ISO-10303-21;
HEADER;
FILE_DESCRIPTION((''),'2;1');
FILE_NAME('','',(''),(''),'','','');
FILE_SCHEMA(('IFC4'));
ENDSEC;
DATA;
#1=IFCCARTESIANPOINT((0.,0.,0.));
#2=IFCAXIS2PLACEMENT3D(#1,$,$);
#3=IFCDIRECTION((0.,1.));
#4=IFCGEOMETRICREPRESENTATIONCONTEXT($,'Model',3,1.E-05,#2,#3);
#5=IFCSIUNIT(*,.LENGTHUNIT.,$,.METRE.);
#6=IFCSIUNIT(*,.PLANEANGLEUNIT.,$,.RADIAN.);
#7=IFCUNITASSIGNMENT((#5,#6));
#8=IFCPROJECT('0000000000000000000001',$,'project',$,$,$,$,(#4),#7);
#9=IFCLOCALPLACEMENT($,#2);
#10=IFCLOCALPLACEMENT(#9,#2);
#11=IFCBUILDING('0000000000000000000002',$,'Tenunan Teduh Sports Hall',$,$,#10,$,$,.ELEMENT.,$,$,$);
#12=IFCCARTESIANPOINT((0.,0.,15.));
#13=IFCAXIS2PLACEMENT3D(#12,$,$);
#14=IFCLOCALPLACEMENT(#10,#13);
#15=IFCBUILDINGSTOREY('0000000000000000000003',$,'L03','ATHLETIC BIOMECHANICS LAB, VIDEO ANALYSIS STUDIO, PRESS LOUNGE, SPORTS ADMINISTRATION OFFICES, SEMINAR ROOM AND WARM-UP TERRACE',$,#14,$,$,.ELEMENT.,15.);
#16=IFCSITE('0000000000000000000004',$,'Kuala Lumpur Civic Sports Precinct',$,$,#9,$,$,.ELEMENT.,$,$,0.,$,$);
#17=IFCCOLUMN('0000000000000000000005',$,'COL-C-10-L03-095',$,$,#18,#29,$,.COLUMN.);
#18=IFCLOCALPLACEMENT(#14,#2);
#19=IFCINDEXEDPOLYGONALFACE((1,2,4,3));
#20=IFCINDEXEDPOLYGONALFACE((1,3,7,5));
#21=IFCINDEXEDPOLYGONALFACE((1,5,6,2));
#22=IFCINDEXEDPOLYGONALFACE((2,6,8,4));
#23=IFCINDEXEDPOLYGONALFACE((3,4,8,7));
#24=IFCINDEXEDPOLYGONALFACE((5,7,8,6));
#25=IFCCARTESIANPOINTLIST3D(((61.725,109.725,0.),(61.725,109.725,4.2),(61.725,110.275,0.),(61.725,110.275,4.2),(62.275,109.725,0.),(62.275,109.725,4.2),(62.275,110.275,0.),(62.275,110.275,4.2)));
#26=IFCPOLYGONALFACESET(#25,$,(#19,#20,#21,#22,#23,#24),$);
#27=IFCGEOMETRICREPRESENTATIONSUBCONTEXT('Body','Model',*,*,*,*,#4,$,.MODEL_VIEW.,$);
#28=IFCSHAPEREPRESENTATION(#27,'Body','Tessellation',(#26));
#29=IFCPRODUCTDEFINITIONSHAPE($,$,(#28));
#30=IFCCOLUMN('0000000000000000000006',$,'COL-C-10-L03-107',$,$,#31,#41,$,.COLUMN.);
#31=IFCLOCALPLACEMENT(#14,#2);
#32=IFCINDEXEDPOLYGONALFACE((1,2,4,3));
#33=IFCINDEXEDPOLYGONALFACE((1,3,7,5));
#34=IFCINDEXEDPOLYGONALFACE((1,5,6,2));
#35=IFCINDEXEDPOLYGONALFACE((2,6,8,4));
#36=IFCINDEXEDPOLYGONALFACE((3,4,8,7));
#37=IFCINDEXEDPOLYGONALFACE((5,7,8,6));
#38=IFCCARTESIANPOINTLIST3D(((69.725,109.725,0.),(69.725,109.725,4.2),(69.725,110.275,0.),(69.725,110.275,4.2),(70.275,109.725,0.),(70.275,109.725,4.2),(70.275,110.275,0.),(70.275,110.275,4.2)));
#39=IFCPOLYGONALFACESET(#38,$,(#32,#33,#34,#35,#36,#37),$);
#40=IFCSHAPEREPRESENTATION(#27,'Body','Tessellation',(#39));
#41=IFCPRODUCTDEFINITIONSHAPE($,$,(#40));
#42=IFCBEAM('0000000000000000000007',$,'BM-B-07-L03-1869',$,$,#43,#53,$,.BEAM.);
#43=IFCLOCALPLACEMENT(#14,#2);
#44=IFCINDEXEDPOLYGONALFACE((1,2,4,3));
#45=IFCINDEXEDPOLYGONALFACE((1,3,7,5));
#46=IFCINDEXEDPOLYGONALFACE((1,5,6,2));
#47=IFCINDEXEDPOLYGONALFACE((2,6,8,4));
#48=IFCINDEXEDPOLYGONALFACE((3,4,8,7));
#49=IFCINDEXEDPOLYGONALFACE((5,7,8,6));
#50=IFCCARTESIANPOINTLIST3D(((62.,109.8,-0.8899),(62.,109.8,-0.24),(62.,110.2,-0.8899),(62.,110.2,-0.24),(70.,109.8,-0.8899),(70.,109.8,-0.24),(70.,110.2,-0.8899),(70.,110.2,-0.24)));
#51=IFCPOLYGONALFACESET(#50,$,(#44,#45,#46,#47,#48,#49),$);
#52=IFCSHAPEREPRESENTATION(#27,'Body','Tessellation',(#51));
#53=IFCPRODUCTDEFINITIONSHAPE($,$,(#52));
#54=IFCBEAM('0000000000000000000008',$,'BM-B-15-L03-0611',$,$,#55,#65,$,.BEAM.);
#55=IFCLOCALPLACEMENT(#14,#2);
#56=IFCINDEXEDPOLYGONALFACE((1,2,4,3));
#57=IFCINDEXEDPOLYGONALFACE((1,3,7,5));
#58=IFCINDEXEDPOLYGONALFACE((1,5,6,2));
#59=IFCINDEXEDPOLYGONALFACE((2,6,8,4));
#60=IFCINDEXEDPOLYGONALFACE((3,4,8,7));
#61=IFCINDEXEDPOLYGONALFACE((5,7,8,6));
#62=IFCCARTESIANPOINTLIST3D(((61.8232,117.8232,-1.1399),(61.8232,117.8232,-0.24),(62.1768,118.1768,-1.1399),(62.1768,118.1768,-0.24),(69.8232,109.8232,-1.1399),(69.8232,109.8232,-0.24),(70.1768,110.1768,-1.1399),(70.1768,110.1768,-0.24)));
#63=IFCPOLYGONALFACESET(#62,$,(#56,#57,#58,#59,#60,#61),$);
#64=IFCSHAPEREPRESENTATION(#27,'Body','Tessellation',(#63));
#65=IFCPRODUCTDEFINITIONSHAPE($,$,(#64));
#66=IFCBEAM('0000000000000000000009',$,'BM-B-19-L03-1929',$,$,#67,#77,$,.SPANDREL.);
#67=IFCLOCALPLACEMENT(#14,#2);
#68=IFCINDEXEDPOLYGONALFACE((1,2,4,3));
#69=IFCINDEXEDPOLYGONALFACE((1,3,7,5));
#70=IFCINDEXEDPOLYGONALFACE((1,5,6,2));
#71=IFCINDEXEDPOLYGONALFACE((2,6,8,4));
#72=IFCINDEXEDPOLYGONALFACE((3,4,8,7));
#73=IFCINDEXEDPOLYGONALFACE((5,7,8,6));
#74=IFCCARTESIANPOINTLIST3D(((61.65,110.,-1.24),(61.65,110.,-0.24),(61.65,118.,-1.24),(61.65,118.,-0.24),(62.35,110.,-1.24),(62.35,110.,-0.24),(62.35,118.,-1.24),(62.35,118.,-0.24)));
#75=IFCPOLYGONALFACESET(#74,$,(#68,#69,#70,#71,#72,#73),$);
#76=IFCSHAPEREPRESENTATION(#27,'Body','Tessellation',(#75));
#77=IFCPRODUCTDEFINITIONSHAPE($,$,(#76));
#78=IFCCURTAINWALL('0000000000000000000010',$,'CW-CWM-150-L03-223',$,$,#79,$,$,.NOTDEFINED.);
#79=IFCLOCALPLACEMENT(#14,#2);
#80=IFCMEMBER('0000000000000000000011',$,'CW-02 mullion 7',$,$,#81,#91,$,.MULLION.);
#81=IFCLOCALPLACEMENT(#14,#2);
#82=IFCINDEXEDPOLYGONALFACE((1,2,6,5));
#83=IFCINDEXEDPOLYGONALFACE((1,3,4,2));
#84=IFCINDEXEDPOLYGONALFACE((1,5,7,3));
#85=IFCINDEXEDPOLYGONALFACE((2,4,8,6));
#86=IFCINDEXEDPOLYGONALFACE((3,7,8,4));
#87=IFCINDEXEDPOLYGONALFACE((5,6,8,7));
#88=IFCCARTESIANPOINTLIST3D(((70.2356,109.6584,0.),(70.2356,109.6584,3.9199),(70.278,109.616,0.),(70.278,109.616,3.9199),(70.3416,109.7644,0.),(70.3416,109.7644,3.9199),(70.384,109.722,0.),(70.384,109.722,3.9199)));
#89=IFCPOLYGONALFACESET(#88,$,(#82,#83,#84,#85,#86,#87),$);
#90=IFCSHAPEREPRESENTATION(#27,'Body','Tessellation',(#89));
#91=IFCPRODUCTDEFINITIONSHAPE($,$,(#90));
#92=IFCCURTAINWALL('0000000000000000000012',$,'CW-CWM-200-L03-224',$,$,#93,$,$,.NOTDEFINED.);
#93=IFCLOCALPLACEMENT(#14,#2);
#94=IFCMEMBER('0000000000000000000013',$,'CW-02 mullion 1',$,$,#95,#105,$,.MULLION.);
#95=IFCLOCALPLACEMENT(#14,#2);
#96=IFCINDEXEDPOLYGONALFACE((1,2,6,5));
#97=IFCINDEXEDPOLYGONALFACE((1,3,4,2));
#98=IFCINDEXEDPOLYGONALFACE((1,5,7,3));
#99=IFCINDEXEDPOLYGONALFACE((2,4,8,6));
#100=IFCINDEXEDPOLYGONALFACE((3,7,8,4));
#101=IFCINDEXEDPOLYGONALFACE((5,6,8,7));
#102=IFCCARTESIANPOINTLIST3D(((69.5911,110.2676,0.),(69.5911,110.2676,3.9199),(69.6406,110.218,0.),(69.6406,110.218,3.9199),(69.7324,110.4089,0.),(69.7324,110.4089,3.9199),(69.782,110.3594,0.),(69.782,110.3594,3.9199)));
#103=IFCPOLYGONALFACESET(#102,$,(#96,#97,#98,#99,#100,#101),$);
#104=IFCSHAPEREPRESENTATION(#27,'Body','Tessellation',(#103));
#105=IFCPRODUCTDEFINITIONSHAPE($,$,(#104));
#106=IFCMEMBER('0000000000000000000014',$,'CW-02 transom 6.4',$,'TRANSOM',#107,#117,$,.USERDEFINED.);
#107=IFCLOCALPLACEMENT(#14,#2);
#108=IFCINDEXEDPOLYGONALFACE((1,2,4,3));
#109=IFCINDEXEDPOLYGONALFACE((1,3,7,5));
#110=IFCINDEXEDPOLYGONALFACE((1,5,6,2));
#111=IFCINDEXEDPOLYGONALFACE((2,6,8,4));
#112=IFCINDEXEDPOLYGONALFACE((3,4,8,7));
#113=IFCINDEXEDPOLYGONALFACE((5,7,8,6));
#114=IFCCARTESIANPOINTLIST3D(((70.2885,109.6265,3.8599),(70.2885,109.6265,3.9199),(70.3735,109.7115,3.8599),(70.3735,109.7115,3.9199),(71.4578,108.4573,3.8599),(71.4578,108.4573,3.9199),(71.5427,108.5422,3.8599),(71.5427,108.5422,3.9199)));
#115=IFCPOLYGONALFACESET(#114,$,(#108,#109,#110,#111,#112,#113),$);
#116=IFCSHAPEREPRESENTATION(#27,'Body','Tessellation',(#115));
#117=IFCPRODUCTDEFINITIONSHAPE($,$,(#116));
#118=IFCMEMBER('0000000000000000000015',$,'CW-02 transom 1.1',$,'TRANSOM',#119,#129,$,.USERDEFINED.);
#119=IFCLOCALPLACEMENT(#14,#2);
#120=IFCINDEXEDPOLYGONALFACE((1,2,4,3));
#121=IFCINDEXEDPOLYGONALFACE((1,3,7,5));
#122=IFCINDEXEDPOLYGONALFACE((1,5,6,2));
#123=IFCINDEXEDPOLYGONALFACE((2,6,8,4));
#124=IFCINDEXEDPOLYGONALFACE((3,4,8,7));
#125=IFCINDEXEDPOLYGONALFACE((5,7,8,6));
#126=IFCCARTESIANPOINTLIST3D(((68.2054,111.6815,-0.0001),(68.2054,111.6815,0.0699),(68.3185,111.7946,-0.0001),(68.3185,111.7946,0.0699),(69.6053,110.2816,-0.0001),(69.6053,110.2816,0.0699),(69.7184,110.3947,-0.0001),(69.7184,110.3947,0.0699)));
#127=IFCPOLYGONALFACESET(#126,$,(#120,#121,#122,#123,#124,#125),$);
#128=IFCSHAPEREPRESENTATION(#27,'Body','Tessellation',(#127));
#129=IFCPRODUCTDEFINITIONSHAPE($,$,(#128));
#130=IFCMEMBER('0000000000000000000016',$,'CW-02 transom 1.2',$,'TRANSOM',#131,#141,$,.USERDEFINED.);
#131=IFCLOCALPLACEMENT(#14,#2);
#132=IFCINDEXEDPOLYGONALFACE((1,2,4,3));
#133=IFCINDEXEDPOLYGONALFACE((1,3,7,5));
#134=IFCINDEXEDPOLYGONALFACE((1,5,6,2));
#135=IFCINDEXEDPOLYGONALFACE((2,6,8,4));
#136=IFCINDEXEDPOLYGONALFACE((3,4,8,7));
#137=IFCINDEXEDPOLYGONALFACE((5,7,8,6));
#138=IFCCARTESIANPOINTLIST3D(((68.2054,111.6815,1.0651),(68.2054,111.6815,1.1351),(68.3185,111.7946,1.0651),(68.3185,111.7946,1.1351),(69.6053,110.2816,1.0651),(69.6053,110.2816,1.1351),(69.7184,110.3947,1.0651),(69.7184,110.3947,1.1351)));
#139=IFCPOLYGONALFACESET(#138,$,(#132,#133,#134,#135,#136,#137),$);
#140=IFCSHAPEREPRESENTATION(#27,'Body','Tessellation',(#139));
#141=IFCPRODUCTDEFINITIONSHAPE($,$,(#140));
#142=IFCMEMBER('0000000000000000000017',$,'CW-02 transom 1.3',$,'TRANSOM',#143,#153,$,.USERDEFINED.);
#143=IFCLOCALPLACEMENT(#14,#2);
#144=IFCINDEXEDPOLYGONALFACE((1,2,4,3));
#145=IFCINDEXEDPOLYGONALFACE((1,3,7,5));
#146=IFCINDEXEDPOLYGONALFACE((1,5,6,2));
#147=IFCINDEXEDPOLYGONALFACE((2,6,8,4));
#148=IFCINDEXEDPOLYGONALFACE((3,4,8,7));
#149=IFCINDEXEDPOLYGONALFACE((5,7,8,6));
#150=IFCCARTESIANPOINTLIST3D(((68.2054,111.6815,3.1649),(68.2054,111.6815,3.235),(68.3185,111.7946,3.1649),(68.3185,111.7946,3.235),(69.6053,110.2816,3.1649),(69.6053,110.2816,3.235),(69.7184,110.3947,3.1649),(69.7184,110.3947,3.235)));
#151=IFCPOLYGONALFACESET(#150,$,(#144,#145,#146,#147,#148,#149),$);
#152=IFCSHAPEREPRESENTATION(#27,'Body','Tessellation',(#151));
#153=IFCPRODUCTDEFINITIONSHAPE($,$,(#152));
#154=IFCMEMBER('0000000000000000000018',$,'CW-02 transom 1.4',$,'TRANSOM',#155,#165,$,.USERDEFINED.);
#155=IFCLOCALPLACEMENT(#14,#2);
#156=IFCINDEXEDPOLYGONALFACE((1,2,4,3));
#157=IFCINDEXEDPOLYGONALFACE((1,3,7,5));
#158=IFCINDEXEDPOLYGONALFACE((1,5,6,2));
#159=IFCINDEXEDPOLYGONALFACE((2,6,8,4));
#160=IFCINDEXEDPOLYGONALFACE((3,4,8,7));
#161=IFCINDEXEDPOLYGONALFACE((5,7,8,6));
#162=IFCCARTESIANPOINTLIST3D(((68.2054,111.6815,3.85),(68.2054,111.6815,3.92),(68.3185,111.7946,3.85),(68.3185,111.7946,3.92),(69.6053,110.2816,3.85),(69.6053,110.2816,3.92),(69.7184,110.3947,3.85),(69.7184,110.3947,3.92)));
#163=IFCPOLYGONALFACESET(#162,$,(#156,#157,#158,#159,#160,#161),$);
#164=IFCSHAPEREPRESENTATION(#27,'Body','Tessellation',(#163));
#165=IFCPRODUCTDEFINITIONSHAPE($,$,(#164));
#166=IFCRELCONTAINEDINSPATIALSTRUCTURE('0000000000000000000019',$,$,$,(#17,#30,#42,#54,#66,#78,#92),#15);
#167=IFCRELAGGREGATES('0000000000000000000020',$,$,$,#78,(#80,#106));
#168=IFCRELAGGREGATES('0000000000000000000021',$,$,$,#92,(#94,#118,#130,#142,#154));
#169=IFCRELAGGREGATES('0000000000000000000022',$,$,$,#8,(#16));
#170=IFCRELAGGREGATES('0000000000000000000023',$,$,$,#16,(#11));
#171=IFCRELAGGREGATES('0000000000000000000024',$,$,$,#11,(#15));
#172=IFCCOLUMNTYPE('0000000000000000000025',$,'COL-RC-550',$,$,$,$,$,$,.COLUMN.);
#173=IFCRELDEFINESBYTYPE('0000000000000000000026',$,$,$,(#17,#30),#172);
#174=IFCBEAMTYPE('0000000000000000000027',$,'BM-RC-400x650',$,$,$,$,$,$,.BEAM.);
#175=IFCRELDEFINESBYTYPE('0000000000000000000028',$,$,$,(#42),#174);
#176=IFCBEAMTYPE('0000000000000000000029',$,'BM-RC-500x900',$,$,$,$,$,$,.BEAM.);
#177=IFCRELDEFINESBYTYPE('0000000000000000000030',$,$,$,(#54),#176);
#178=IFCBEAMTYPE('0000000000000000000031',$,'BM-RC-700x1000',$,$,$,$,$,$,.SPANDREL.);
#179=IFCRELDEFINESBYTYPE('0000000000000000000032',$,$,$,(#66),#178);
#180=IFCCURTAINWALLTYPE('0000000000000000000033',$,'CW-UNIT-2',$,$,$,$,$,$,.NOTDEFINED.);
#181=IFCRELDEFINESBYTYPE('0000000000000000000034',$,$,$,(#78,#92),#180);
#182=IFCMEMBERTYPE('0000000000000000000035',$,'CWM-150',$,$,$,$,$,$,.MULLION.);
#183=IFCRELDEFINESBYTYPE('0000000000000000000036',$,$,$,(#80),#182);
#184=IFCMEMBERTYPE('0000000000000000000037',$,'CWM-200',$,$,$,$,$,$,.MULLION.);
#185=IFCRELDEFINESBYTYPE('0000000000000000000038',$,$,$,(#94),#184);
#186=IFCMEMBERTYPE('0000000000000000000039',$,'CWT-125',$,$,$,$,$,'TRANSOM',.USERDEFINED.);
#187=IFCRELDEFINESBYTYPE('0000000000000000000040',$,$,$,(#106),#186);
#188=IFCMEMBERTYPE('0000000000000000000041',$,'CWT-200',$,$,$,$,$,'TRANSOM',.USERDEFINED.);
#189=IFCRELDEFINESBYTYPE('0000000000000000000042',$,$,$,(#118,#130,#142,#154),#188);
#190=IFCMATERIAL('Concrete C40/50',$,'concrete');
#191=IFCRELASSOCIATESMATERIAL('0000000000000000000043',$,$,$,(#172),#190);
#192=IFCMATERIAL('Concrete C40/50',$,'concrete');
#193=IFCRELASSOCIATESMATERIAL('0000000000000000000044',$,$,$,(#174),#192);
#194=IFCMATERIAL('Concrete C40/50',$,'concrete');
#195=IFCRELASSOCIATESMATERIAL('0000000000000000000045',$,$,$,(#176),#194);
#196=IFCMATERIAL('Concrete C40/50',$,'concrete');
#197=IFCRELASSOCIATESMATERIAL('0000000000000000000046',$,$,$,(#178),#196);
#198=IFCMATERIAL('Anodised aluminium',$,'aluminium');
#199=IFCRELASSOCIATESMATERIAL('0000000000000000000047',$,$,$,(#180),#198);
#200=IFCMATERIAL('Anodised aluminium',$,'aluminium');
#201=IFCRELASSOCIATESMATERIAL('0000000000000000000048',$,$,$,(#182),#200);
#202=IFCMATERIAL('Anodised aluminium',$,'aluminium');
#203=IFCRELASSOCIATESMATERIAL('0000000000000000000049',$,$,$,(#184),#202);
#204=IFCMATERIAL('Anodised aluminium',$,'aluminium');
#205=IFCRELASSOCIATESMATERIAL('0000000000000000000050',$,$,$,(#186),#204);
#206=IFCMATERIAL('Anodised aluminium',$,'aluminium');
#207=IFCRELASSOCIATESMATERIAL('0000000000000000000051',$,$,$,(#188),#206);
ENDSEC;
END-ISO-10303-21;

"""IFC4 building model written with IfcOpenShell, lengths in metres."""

from ifc_helpers import new_model, si_unit, direction, frame, origin, origin_2d, place, context, subcontext, project, spatial, rectangle, extrude, material, material_profile, profile_set, type_object, element, aggregate, save


model = new_model("IFC4")

# Units and contexts
model_context = context("Model", 3, precision=1e-05, world=origin(), true_north=direction((0.0, 1.0)))
body_context = subcontext(model_context, "Body", "Model", "MODEL_VIEW")
ifc_project = project(units=[si_unit("LENGTHUNIT", "METRE"), si_unit("PLANEANGLEUNIT", "RADIAN")], contexts=[model_context])

# Site, building, storey
site_placement = place(None, origin())
site = spatial("IfcSite", under=ifc_project, at=site_placement, Name="Kuala Lumpur Civic Sports Precinct", CompositionType="ELEMENT", RefElevation=0.0)
building_placement = place(site_placement, origin())
building = spatial("IfcBuilding", under=site, at=building_placement, Name="Tenunan Teduh Sports Hall", CompositionType="ELEMENT")
storey_placement = place(building_placement, frame((0.0, 0.0, 15.0)))
storey = spatial("IfcBuildingStorey", under=building, at=storey_placement, Name="L03", Description="ATHLETIC BIOMECHANICS LAB, VIDEO ANALYSIS STUDIO, PRESS LOUNGE, SPORTS ADMINISTRATION OFFICES, SEMINAR ROOM AND WARM-UP TERRACE", CompositionType="ELEMENT", Elevation=15.0)

# Columns
ifc_material_1 = material(Name="Concrete C40/50", Category="concrete")
ifc_material_profile_1 = material_profile(ifc_material_1, rectangle(XDim=0.55, YDim=0.55, at=origin_2d()), Name="RC 550x550")
ifc_profile_set_1 = profile_set([ifc_material_profile_1], Name="Concrete C40/50")
column_type = type_object("IfcColumnType", Name="COL-RC-550", PredefinedType="COLUMN", material=ifc_profile_set_1)
for number, where, z_axis, x_axis, name in (
    (1, (62.0, 110.0, 0.0), (0.0, 0.0, 1.0), (1.0, 0.0, 0.0), "COL-C-10-L03-095"),
    (2, (70.0, 110.0, 0.0), (0.0, 0.0, 1.0), (1.0, 0.0, 0.0), "COL-C-10-L03-107"),
):
    element("IfcColumn", number, at=place(storey_placement, frame(where, z_axis=z_axis, x_axis=x_axis)), inside=storey, type_object=column_type, Name=name, PredefinedType="COLUMN", context=body_context, shape_type="SweptSolid", body=[
        extrude(rectangle(XDim=0.55, YDim=0.55, at=origin_2d()), origin(), (0.0, 0.0, 1.0), 4.2),
    ])

# Beams
ifc_material_2 = material(Name="Concrete C40/50", Category="concrete")
ifc_material_profile_2 = material_profile(ifc_material_2, rectangle(XDim=0.3999, YDim=0.6499, at=origin_2d()), Name="RCB 400x650")
ifc_profile_set_2 = profile_set([ifc_material_profile_2], Name="Concrete C40/50")
beam_type_1 = type_object("IfcBeamType", Name="BM-RC-400x650", PredefinedType="BEAM", material=ifc_profile_set_2)
beam_1_placement = place(storey_placement, frame((62.0, 110.0, -0.5649), z_axis=(1.0, 0.0, 0.0), x_axis=(0.0, 1.0, 0.0)))
element("IfcBeam", 3, at=beam_1_placement, inside=storey, type_object=beam_type_1, Name="BM-B-07-L03-1869", PredefinedType="BEAM", context=body_context, shape_type="SweptSolid", body=[
    extrude(rectangle(XDim=0.3999, YDim=0.6499, at=origin_2d()), origin(), (0.0, 0.0, 1.0), 8.0),
])
ifc_material_3 = material(Name="Concrete C40/50", Category="concrete")
ifc_material_profile_3 = material_profile(ifc_material_3, rectangle(XDim=0.5, YDim=0.8999, at=origin_2d()), Name="RCB 500x900")
ifc_profile_set_3 = profile_set([ifc_material_profile_3], Name="Concrete C40/50")
beam_type_2 = type_object("IfcBeamType", Name="BM-RC-500x900", PredefinedType="BEAM", material=ifc_profile_set_3)
beam_2_placement = place(storey_placement, frame((70.0, 110.0, -0.6899), z_axis=(-0.707107, 0.707107, 0.0), x_axis=(-0.707107, -0.707107, 0.0)))
element("IfcBeam", 4, at=beam_2_placement, inside=storey, type_object=beam_type_2, Name="BM-B-15-L03-0611", PredefinedType="BEAM", context=body_context, shape_type="SweptSolid", body=[
    extrude(rectangle(XDim=0.5, YDim=0.8999, at=origin_2d()), origin(), (0.0, 0.0, 1.0), 11.3137),
])
ifc_material_4 = material(Name="Concrete C40/50", Category="concrete")
ifc_material_profile_4 = material_profile(ifc_material_4, rectangle(XDim=0.7, YDim=1.0, at=origin_2d()), Name="RCB 700x1000")
ifc_profile_set_4 = profile_set([ifc_material_profile_4], Name="Concrete C40/50")
beam_type_3 = type_object("IfcBeamType", Name="BM-RC-700x1000", PredefinedType="SPANDREL", material=ifc_profile_set_4)
beam_3_placement = place(storey_placement, frame((62.0, 110.0, -0.74), z_axis=(0.0, 1.0, 0.0), x_axis=(-1.0, 0.0, 0.0)))
element("IfcBeam", 5, at=beam_3_placement, inside=storey, type_object=beam_type_3, Name="BM-B-19-L03-1929", PredefinedType="SPANDREL", context=body_context, shape_type="SweptSolid", body=[
    extrude(rectangle(XDim=0.7, YDim=1.0, at=origin_2d()), origin(), (0.0, 0.0, 1.0), 8.0),
])

# Curtain walls, members
ifc_material_5 = material(Name="Anodised aluminium", Category="aluminium")
curtain_wall_type = type_object("IfcCurtainWallType", Name="CW-UNIT-2", PredefinedType="NOTDEFINED", material=ifc_material_5)
curtain_wall_1_placement = place(storey_placement, origin())
curtain_wall_1 = element("IfcCurtainWall", 6, at=curtain_wall_1_placement, inside=storey, type_object=curtain_wall_type, Name="CW-CWM-150-L03-223", PredefinedType="NOTDEFINED")
ifc_material_6 = material(Name="Anodised aluminium", Category="aluminium")
ifc_material_profile_5 = material_profile(ifc_material_6, rectangle(XDim=0.0601, YDim=0.1499, at=origin_2d()), Name="CWM 60x150")
ifc_profile_set_5 = profile_set([ifc_material_profile_5], Name="Anodised aluminium")
member_type_1 = type_object("IfcMemberType", Name="CWM-150", PredefinedType="MULLION", material=ifc_profile_set_5)
member_1_placement = place(storey_placement, frame((70.3098, 109.6902, 0.0), z_axis=(0.0, 0.0, 1.0), x_axis=(-0.707107, 0.707107, 0.0)))
member_1 = element("IfcMember", 7, at=member_1_placement, type_object=member_type_1, Name="CW-02 mullion 7", PredefinedType="MULLION", context=body_context, shape_type="SweptSolid", body=[
    extrude(rectangle(XDim=0.0601, YDim=0.1499, at=origin_2d()), origin(), (0.0, 0.0, 1.0), 3.9199),
])
curtain_wall_2_placement = place(storey_placement, origin())
curtain_wall_2 = element("IfcCurtainWall", 8, at=curtain_wall_2_placement, inside=storey, type_object=curtain_wall_type, Name="CW-CWM-200-L03-224", PredefinedType="NOTDEFINED")
ifc_material_7 = material(Name="Anodised aluminium", Category="aluminium")
ifc_material_profile_6 = material_profile(ifc_material_7, rectangle(XDim=0.0701, YDim=0.2, at=origin_2d()), Name="CWM 70x200")
ifc_profile_set_6 = profile_set([ifc_material_profile_6], Name="Anodised aluminium")
member_type_2 = type_object("IfcMemberType", Name="CWM-200", PredefinedType="MULLION", material=ifc_profile_set_6)
member_2_placement = place(storey_placement, frame((69.6865, 110.3135, 0.0), z_axis=(0.0, 0.0, 1.0), x_axis=(-0.707107, 0.707107, 0.0)))
member_2 = element("IfcMember", 9, at=member_2_placement, type_object=member_type_2, Name="CW-02 mullion 1", PredefinedType="MULLION", context=body_context, shape_type="SweptSolid", body=[
    extrude(rectangle(XDim=0.0701, YDim=0.2, at=origin_2d()), origin(), (0.0, 0.0, 1.0), 3.9199),
])

# Members
ifc_material_8 = material(Name="Anodised aluminium", Category="aluminium")
ifc_material_profile_7 = material_profile(ifc_material_8, rectangle(XDim=0.0601, YDim=0.1201, at=origin_2d()), Name="CWT 60x120")
ifc_profile_set_7 = profile_set([ifc_material_profile_7], Name="Anodised aluminium")
member_type_3 = type_object("IfcMemberType", Name="CWT-125", ElementType="TRANSOM", PredefinedType="USERDEFINED", material=ifc_profile_set_7)
member_3_placement = place(storey_placement, frame((71.5002, 108.4998, 3.8899), z_axis=(-0.707107, 0.707107, 0.0), x_axis=(0.0, 0.0, 1.0)))
member_3 = element("IfcMember", 10, at=member_3_placement, type_object=member_type_3, Name="CW-02 transom 6.4", ObjectType="TRANSOM", PredefinedType="USERDEFINED", context=body_context, shape_type="SweptSolid", body=[
    extrude(rectangle(XDim=0.0601, YDim=0.1201, at=origin_2d()), origin(), (0.0, 0.0, 1.0), 1.6536),
])
ifc_material_9 = material(Name="Anodised aluminium", Category="aluminium")
ifc_material_profile_8 = material_profile(ifc_material_9, rectangle(XDim=0.0701, YDim=0.1599, at=origin_2d()), Name="CWT 70x160")
ifc_profile_set_8 = profile_set([ifc_material_profile_8], Name="Anodised aluminium")
member_type_4 = type_object("IfcMemberType", Name="CWT-200", ElementType="TRANSOM", PredefinedType="USERDEFINED", material=ifc_profile_set_8)
member_4_placement = place(storey_placement, frame((69.6619, 110.3381, 0.0349), z_axis=(-0.707107, 0.707107, 0.0), x_axis=(0.0, 0.0, 1.0)))
member_4 = element("IfcMember", 11, at=member_4_placement, type_object=member_type_4, Name="CW-02 transom 1.1", ObjectType="TRANSOM", PredefinedType="USERDEFINED", context=body_context, shape_type="SweptSolid", body=[
    extrude(rectangle(XDim=0.0701, YDim=0.1599, at=origin_2d()), origin(), (0.0, 0.0, 1.0), 1.9797),
])
member_5_placement = place(storey_placement, frame((69.6619, 110.3381, 1.1001), z_axis=(-0.707107, 0.707107, 0.0), x_axis=(0.0, 0.0, 1.0)))
member_5 = element("IfcMember", 12, at=member_5_placement, type_object=member_type_4, Name="CW-02 transom 1.2", ObjectType="TRANSOM", PredefinedType="USERDEFINED", context=body_context, shape_type="SweptSolid", body=[
    extrude(rectangle(XDim=0.0701, YDim=0.1599, at=origin_2d()), origin(), (0.0, 0.0, 1.0), 1.9797),
])
member_6_placement = place(storey_placement, frame((69.6619, 110.3381, 3.2), z_axis=(-0.707107, 0.707107, 0.0), x_axis=(0.0, 0.0, 1.0)))
member_6 = element("IfcMember", 13, at=member_6_placement, type_object=member_type_4, Name="CW-02 transom 1.3", ObjectType="TRANSOM", PredefinedType="USERDEFINED", context=body_context, shape_type="SweptSolid", body=[
    extrude(rectangle(XDim=0.0701, YDim=0.1599, at=origin_2d()), origin(), (0.0, 0.0, 1.0), 1.9797),
])
member_7_placement = place(storey_placement, frame((69.6619, 110.3381, 3.885), z_axis=(-0.707107, 0.707107, 0.0), x_axis=(0.0, 0.0, 1.0)))
member_7 = element("IfcMember", 14, at=member_7_placement, type_object=member_type_4, Name="CW-02 transom 1.4", ObjectType="TRANSOM", PredefinedType="USERDEFINED", context=body_context, shape_type="SweptSolid", body=[
    extrude(rectangle(XDim=0.0701, YDim=0.1599, at=origin_2d()), origin(), (0.0, 0.0, 1.0), 1.9797),
])

aggregate(curtain_wall_1, [member_1, member_3])
aggregate(curtain_wall_2, [member_2, member_4, member_5, member_6, member_7])

save(model, "model.ifc")
